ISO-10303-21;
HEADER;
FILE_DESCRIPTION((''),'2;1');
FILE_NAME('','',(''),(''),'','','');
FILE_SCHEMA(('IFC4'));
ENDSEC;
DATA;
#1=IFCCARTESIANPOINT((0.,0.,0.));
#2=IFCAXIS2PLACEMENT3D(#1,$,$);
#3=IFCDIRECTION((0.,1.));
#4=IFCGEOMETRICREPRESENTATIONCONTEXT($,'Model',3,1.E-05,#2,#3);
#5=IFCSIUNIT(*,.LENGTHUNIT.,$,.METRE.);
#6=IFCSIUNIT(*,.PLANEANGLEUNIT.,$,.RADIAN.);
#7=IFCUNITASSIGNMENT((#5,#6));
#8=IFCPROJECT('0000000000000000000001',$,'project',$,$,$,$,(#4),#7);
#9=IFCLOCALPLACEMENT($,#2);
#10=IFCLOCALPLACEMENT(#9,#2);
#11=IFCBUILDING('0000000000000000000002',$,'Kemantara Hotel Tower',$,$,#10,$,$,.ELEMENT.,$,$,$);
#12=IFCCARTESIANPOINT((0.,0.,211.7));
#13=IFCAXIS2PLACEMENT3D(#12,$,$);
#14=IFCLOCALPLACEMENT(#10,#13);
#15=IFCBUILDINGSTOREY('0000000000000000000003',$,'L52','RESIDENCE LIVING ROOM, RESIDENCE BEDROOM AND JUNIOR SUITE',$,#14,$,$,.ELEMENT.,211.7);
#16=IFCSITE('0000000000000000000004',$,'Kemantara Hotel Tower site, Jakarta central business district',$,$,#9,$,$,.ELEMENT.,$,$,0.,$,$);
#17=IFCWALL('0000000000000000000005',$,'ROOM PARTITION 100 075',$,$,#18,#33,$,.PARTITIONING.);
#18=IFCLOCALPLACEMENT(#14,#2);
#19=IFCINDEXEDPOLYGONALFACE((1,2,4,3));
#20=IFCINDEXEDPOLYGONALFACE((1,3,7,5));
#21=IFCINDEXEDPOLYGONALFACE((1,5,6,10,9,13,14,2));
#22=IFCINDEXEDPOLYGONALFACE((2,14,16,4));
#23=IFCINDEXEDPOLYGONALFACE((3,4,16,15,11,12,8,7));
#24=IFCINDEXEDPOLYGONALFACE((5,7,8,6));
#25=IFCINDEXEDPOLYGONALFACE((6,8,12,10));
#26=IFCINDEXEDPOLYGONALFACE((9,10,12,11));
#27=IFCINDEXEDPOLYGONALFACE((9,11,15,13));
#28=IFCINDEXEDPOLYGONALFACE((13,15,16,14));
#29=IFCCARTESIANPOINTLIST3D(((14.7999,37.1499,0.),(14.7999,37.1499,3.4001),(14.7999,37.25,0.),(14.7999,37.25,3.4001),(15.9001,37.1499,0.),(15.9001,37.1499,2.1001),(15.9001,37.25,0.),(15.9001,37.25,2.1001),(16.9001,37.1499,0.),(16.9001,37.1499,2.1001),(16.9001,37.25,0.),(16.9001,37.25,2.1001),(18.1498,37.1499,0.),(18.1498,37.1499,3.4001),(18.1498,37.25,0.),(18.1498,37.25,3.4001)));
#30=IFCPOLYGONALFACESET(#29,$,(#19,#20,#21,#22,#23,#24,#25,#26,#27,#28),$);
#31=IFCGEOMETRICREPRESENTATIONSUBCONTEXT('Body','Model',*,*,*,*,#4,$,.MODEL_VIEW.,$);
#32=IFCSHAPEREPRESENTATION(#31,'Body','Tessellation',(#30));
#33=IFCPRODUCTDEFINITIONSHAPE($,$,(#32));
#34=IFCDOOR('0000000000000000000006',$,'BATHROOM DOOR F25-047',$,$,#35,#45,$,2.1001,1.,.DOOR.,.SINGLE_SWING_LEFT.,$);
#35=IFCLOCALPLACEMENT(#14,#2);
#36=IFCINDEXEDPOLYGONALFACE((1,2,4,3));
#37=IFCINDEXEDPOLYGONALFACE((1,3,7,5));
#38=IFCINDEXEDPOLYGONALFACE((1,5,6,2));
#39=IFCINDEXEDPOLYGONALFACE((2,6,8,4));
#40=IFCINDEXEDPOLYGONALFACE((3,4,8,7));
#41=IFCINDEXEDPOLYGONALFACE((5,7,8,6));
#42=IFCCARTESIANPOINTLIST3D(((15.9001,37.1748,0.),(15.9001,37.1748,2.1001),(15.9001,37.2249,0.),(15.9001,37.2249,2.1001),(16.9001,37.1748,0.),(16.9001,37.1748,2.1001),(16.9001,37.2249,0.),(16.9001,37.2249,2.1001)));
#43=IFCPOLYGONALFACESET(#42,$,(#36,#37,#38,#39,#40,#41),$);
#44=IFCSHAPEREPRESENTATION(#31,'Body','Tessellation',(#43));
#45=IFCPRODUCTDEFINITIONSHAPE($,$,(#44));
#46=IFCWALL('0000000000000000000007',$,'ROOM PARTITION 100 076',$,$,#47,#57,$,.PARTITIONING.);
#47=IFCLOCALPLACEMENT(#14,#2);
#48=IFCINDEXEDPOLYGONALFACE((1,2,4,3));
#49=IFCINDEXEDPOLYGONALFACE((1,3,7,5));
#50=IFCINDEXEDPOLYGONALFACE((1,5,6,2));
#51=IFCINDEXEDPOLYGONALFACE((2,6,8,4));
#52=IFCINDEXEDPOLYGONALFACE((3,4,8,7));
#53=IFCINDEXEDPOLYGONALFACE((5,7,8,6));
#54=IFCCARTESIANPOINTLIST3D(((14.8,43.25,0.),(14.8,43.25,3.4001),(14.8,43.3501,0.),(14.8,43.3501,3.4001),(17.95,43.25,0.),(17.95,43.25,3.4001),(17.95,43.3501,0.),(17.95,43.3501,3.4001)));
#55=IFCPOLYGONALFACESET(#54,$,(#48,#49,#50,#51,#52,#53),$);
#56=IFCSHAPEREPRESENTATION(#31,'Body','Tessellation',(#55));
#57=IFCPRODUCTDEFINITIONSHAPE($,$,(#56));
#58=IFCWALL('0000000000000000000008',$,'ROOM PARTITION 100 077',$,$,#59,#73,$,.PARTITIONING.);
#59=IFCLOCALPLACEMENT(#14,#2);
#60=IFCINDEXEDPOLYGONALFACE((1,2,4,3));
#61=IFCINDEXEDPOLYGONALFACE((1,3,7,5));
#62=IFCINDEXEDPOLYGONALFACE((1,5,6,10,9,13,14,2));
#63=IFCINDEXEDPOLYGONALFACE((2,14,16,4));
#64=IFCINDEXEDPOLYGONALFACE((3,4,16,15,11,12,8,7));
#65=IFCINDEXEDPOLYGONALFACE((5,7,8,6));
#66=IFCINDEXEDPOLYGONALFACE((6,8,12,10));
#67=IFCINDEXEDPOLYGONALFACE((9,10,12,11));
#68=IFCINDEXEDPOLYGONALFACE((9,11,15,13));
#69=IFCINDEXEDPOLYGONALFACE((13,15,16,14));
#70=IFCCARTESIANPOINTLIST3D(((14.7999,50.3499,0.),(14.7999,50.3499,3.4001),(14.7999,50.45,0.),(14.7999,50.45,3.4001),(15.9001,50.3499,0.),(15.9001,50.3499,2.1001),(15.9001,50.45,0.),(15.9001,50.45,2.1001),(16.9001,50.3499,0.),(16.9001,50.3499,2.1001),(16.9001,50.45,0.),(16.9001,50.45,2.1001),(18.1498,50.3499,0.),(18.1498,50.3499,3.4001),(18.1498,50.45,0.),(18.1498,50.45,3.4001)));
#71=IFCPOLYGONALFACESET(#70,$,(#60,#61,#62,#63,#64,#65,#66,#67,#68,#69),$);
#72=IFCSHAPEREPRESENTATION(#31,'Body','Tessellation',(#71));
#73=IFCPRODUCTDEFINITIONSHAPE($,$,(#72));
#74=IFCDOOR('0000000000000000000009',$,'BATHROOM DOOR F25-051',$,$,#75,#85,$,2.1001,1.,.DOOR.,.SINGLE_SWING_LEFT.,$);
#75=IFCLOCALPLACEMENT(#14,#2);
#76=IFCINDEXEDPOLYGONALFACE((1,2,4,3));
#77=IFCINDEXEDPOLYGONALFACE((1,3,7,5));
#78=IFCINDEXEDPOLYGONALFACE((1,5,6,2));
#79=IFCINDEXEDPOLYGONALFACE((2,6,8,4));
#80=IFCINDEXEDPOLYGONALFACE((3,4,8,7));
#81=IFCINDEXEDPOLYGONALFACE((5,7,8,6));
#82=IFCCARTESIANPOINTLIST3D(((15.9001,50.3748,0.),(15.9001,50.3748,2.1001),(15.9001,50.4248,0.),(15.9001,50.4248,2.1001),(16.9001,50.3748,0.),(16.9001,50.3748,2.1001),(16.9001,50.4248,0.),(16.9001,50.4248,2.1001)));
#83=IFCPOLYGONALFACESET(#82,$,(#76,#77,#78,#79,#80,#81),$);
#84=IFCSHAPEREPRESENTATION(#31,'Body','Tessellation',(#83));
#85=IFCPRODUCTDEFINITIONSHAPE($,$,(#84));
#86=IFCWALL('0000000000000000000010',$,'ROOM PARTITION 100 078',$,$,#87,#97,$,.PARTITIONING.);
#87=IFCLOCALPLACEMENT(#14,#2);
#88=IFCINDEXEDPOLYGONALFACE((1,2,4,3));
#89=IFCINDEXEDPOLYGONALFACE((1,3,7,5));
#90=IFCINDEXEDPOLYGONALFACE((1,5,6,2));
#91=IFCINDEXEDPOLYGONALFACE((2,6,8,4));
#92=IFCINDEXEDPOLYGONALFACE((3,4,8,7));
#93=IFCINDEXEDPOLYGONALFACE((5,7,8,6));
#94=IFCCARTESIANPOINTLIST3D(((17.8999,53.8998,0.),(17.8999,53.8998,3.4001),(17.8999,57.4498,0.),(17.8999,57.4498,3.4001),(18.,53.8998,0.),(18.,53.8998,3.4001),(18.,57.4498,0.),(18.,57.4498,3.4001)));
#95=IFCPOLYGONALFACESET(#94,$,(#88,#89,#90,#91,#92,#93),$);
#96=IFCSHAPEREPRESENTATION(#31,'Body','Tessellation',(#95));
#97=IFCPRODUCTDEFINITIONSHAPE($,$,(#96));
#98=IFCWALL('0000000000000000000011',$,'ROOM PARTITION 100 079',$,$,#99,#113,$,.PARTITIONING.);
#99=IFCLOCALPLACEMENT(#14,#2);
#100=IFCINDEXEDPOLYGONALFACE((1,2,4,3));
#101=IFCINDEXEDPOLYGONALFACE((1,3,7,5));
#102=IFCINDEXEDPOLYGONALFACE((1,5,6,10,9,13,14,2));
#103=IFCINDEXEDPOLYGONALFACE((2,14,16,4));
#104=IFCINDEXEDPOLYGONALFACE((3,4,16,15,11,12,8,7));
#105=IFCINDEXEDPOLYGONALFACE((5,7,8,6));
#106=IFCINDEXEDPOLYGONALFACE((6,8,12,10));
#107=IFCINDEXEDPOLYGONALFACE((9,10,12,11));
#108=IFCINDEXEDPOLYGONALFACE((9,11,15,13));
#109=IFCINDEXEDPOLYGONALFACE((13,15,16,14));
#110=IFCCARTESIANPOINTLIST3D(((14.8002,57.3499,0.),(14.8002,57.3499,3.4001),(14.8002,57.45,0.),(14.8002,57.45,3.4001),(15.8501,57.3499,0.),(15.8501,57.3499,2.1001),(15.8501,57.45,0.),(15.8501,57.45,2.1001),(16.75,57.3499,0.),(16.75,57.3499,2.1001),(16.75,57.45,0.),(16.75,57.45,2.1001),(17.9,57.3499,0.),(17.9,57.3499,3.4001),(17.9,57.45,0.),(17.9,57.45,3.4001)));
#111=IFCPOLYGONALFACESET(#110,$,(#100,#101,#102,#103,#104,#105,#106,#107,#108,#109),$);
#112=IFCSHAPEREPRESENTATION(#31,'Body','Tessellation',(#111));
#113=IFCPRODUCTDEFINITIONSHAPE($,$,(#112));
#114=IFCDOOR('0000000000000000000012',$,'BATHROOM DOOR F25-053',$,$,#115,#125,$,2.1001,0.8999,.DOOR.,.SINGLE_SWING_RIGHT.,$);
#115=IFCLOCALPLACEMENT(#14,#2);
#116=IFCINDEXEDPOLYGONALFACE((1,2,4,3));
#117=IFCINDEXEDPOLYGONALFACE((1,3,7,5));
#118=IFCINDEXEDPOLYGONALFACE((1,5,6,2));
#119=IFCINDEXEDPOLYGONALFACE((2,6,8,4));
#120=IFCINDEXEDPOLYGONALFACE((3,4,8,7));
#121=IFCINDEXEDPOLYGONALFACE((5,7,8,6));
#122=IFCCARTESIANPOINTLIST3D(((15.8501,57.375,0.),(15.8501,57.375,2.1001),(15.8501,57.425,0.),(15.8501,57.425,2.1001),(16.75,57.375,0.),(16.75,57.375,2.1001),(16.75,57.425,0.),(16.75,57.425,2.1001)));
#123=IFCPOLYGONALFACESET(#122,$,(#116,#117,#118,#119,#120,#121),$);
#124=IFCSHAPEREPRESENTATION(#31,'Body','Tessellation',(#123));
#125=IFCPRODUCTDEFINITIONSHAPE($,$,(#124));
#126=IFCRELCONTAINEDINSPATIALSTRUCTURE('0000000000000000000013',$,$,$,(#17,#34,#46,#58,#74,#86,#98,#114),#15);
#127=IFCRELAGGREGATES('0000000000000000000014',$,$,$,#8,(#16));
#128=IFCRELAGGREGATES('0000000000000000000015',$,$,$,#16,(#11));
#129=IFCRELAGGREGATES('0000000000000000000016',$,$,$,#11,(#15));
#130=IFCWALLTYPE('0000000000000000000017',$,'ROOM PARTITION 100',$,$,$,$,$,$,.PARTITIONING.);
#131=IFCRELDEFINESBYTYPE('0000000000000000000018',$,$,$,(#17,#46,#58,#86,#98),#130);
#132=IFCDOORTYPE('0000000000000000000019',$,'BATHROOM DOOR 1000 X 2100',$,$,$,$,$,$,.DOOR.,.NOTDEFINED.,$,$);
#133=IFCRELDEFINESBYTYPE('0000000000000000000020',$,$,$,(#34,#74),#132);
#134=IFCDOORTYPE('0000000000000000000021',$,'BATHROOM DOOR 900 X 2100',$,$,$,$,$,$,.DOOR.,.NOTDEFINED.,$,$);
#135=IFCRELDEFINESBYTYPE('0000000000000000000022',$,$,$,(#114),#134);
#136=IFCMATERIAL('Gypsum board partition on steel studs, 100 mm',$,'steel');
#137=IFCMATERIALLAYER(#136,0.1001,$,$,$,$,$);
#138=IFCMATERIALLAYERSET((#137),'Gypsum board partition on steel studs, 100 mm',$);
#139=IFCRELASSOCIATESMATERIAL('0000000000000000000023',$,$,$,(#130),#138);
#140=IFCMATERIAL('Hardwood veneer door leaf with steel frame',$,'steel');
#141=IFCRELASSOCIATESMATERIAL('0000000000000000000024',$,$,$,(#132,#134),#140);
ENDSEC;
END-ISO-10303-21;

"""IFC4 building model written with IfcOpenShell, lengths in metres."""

from ifc_helpers import new_model, si_unit, direction, frame, frame_2d, origin, place, context, subcontext, project, spatial, rectangle, extrude, material, layer, layer_set, type_object, element, fill, save


model = new_model("IFC4")

# Units and contexts
model_context = context("Model", 3, precision=1e-05, world=origin(), true_north=direction((0.0, 1.0)))
body_context = subcontext(model_context, "Body", "Model", "MODEL_VIEW")
ifc_project = project(units=[si_unit("LENGTHUNIT", "METRE"), si_unit("PLANEANGLEUNIT", "RADIAN")], contexts=[model_context])

# Site, building, storey
site_placement = place(None, origin())
site = spatial("IfcSite", under=ifc_project, at=site_placement, Name="Kemantara Hotel Tower site, Jakarta central business district", CompositionType="ELEMENT", RefElevation=0.0)
building_placement = place(site_placement, origin())
building = spatial("IfcBuilding", under=site, at=building_placement, Name="Kemantara Hotel Tower", CompositionType="ELEMENT")
storey_placement = place(building_placement, frame((0.0, 0.0, 211.7)))
storey = spatial("IfcBuildingStorey", under=building, at=storey_placement, Name="L52", Description="RESIDENCE LIVING ROOM, RESIDENCE BEDROOM AND JUNIOR SUITE", CompositionType="ELEMENT", Elevation=211.7)

# Shared definitions
ifc_material_1 = material(Name="Gypsum board partition on steel studs, 100 mm", Category="steel")
ifc_layer_1 = layer(ifc_material_1, 0.1001)
ifc_layer_set_1 = layer_set([ifc_layer_1], Name="Gypsum board partition on steel studs, 100 mm")
wall_type_1 = type_object("IfcWallType", Name="ROOM PARTITION 100", PredefinedType="PARTITIONING", material=ifc_layer_set_1)

# Wall, opening, door
wall_1_placement = place(storey_placement, frame((14.8, 37.2, 0.0), z_axis=(0.0, 0.0, 1.0), x_axis=(1.0, 0.0, 0.0)))
wall_1 = element("IfcWall", 1, at=wall_1_placement, inside=storey, type_object=wall_type_1, Name="ROOM PARTITION 100 075", PredefinedType="PARTITIONING", context=body_context, shape_type="SweptSolid", body=[
    extrude(rectangle(XDim=3.3499, YDim=0.1001, at=frame_2d((1.6748, 0.0))), origin(), (0.0, 0.0, 1.0), 3.4001),
])
opening_1_placement = place(wall_1_placement, frame((1.1001, 0.0, 0.0)))
opening_1 = element("IfcOpeningElement", 2, at=opening_1_placement, cuts=wall_1, PredefinedType="OPENING", context=body_context, shape_type="SweptSolid", body=[
    extrude(rectangle(XDim=1.0, YDim=2.1001, at=frame_2d((0.5, 1.05))), frame((0.0, 0.0601, 0.0), z_axis=(0.0, -1.0, 0.0), x_axis=(1.0, 0.0, 0.0)), (0.0, 0.0, 1.0), 0.1201),
])
ifc_material_2 = material(Name="Hardwood veneer door leaf with steel frame", Category="steel")
door_type_1 = type_object("IfcDoorType", Name="BATHROOM DOOR 1000 X 2100", OperationType="NOTDEFINED", PredefinedType="DOOR", material=ifc_material_2)
door_1_placement = place(opening_1_placement, origin())
door_1 = element("IfcDoor", 3, at=door_1_placement, inside=storey, type_object=door_type_1, Name="BATHROOM DOOR F25-047", OperationType="SINGLE_SWING_LEFT", OverallHeight=2.1001, OverallWidth=1.0, PredefinedType="DOOR", context=body_context, shape_type="SweptSolid", body=[
    extrude(rectangle(XDim=1.0, YDim=2.1001, at=frame_2d((0.5, 1.05))), frame((0.0, 0.0249, 0.0), z_axis=(0.0, -1.0, 0.0), x_axis=(1.0, 0.0, 0.0)), (0.0, 0.0, 1.0), 0.05),
])
fill(opening_1, door_1)

# Wall
wall_2_placement = place(storey_placement, frame((14.8, 43.3, 0.0), z_axis=(0.0, 0.0, 1.0), x_axis=(1.0, 0.0, 0.0)))
element("IfcWall", 4, at=wall_2_placement, inside=storey, type_object=wall_type_1, Name="ROOM PARTITION 100 076", PredefinedType="PARTITIONING", context=body_context, shape_type="SweptSolid", body=[
    extrude(rectangle(XDim=3.1499, YDim=0.1001, at=frame_2d((1.575, 0.0))), origin(), (0.0, 0.0, 1.0), 3.4001),
])

# Wall, opening, door
wall_3_placement = place(storey_placement, frame((14.8, 50.3999, 0.0), z_axis=(0.0, 0.0, 1.0), x_axis=(1.0, 0.0, 0.0)))
wall_3 = element("IfcWall", 5, at=wall_3_placement, inside=storey, type_object=wall_type_1, Name="ROOM PARTITION 100 077", PredefinedType="PARTITIONING", context=body_context, shape_type="SweptSolid", body=[
    extrude(rectangle(XDim=3.3499, YDim=0.1001, at=frame_2d((1.6748, 0.0))), origin(), (0.0, 0.0, 1.0), 3.4001),
])
opening_2_placement = place(wall_3_placement, frame((1.1001, 0.0, 0.0)))
opening_2 = element("IfcOpeningElement", 6, at=opening_2_placement, cuts=wall_3, PredefinedType="OPENING", context=body_context, shape_type="SweptSolid", body=[
    extrude(rectangle(XDim=1.0, YDim=2.1001, at=frame_2d((0.5, 1.05))), frame((0.0, 0.0601, 0.0), z_axis=(0.0, -1.0, 0.0), x_axis=(1.0, 0.0, 0.0)), (0.0, 0.0, 1.0), 0.1201),
])
door_2_placement = place(opening_2_placement, origin())
door_2 = element("IfcDoor", 7, at=door_2_placement, inside=storey, type_object=door_type_1, Name="BATHROOM DOOR F25-051", OperationType="SINGLE_SWING_LEFT", OverallHeight=2.1001, OverallWidth=1.0, PredefinedType="DOOR", context=body_context, shape_type="SweptSolid", body=[
    extrude(rectangle(XDim=1.0, YDim=2.1001, at=frame_2d((0.5, 1.05))), frame((0.0, 0.0249, 0.0), z_axis=(0.0, -1.0, 0.0), x_axis=(1.0, 0.0, 0.0)), (0.0, 0.0, 1.0), 0.05),
])
fill(opening_2, door_2)

# Wall
wall_4_placement = place(storey_placement, frame((17.95, 53.8999, 0.0), z_axis=(0.0, 0.0, 1.0), x_axis=(0.0, 1.0, 0.0)))
element("IfcWall", 8, at=wall_4_placement, inside=storey, type_object=wall_type_1, Name="ROOM PARTITION 100 078", PredefinedType="PARTITIONING", context=body_context, shape_type="SweptSolid", body=[
    extrude(rectangle(XDim=3.55, YDim=0.1001, at=frame_2d((1.7749, 0.0))), origin(), (0.0, 0.0, 1.0), 3.4001),
])

# Wall, opening, door
wall_5_placement = place(storey_placement, frame((17.8999, 57.3999, 0.0), z_axis=(0.0, 0.0, 1.0), x_axis=(-1.0, 0.0, 0.0)))
wall_5 = element("IfcWall", 9, at=wall_5_placement, inside=storey, type_object=wall_type_1, Name="ROOM PARTITION 100 079", PredefinedType="PARTITIONING", context=body_context, shape_type="SweptSolid", body=[
    extrude(rectangle(XDim=3.0999, YDim=0.1001, at=frame_2d((1.5498, 0.0))), origin(), (0.0, 0.0, 1.0), 3.4001),
])
opening_3_placement = place(wall_5_placement, frame((1.1499, 0.0, 0.0)))
opening_3 = element("IfcOpeningElement", 10, at=opening_3_placement, cuts=wall_5, PredefinedType="OPENING", context=body_context, shape_type="SweptSolid", body=[
    extrude(rectangle(XDim=0.8999, YDim=2.1001, at=frame_2d((0.45, 1.05))), frame((0.0, 0.0601, 0.0), z_axis=(0.0, -1.0, 0.0), x_axis=(1.0, 0.0, 0.0)), (0.0, 0.0, 1.0), 0.1201),
])
door_type_2 = type_object("IfcDoorType", Name="BATHROOM DOOR 900 X 2100", OperationType="NOTDEFINED", PredefinedType="DOOR", material=ifc_material_2)
door_3_placement = place(opening_3_placement, origin())
door_3 = element("IfcDoor", 11, at=door_3_placement, inside=storey, type_object=door_type_2, Name="BATHROOM DOOR F25-053", OperationType="SINGLE_SWING_RIGHT", OverallHeight=2.1001, OverallWidth=0.8999, PredefinedType="DOOR", context=body_context, shape_type="SweptSolid", body=[
    extrude(rectangle(XDim=0.8999, YDim=2.1001, at=frame_2d((0.45, 1.05))), frame((0.0, 0.0249, 0.0), z_axis=(0.0, -1.0, 0.0), x_axis=(1.0, 0.0, 0.0)), (0.0, 0.0, 1.0), 0.05),
])
fill(opening_3, door_3)

save(model, "model.ifc")
